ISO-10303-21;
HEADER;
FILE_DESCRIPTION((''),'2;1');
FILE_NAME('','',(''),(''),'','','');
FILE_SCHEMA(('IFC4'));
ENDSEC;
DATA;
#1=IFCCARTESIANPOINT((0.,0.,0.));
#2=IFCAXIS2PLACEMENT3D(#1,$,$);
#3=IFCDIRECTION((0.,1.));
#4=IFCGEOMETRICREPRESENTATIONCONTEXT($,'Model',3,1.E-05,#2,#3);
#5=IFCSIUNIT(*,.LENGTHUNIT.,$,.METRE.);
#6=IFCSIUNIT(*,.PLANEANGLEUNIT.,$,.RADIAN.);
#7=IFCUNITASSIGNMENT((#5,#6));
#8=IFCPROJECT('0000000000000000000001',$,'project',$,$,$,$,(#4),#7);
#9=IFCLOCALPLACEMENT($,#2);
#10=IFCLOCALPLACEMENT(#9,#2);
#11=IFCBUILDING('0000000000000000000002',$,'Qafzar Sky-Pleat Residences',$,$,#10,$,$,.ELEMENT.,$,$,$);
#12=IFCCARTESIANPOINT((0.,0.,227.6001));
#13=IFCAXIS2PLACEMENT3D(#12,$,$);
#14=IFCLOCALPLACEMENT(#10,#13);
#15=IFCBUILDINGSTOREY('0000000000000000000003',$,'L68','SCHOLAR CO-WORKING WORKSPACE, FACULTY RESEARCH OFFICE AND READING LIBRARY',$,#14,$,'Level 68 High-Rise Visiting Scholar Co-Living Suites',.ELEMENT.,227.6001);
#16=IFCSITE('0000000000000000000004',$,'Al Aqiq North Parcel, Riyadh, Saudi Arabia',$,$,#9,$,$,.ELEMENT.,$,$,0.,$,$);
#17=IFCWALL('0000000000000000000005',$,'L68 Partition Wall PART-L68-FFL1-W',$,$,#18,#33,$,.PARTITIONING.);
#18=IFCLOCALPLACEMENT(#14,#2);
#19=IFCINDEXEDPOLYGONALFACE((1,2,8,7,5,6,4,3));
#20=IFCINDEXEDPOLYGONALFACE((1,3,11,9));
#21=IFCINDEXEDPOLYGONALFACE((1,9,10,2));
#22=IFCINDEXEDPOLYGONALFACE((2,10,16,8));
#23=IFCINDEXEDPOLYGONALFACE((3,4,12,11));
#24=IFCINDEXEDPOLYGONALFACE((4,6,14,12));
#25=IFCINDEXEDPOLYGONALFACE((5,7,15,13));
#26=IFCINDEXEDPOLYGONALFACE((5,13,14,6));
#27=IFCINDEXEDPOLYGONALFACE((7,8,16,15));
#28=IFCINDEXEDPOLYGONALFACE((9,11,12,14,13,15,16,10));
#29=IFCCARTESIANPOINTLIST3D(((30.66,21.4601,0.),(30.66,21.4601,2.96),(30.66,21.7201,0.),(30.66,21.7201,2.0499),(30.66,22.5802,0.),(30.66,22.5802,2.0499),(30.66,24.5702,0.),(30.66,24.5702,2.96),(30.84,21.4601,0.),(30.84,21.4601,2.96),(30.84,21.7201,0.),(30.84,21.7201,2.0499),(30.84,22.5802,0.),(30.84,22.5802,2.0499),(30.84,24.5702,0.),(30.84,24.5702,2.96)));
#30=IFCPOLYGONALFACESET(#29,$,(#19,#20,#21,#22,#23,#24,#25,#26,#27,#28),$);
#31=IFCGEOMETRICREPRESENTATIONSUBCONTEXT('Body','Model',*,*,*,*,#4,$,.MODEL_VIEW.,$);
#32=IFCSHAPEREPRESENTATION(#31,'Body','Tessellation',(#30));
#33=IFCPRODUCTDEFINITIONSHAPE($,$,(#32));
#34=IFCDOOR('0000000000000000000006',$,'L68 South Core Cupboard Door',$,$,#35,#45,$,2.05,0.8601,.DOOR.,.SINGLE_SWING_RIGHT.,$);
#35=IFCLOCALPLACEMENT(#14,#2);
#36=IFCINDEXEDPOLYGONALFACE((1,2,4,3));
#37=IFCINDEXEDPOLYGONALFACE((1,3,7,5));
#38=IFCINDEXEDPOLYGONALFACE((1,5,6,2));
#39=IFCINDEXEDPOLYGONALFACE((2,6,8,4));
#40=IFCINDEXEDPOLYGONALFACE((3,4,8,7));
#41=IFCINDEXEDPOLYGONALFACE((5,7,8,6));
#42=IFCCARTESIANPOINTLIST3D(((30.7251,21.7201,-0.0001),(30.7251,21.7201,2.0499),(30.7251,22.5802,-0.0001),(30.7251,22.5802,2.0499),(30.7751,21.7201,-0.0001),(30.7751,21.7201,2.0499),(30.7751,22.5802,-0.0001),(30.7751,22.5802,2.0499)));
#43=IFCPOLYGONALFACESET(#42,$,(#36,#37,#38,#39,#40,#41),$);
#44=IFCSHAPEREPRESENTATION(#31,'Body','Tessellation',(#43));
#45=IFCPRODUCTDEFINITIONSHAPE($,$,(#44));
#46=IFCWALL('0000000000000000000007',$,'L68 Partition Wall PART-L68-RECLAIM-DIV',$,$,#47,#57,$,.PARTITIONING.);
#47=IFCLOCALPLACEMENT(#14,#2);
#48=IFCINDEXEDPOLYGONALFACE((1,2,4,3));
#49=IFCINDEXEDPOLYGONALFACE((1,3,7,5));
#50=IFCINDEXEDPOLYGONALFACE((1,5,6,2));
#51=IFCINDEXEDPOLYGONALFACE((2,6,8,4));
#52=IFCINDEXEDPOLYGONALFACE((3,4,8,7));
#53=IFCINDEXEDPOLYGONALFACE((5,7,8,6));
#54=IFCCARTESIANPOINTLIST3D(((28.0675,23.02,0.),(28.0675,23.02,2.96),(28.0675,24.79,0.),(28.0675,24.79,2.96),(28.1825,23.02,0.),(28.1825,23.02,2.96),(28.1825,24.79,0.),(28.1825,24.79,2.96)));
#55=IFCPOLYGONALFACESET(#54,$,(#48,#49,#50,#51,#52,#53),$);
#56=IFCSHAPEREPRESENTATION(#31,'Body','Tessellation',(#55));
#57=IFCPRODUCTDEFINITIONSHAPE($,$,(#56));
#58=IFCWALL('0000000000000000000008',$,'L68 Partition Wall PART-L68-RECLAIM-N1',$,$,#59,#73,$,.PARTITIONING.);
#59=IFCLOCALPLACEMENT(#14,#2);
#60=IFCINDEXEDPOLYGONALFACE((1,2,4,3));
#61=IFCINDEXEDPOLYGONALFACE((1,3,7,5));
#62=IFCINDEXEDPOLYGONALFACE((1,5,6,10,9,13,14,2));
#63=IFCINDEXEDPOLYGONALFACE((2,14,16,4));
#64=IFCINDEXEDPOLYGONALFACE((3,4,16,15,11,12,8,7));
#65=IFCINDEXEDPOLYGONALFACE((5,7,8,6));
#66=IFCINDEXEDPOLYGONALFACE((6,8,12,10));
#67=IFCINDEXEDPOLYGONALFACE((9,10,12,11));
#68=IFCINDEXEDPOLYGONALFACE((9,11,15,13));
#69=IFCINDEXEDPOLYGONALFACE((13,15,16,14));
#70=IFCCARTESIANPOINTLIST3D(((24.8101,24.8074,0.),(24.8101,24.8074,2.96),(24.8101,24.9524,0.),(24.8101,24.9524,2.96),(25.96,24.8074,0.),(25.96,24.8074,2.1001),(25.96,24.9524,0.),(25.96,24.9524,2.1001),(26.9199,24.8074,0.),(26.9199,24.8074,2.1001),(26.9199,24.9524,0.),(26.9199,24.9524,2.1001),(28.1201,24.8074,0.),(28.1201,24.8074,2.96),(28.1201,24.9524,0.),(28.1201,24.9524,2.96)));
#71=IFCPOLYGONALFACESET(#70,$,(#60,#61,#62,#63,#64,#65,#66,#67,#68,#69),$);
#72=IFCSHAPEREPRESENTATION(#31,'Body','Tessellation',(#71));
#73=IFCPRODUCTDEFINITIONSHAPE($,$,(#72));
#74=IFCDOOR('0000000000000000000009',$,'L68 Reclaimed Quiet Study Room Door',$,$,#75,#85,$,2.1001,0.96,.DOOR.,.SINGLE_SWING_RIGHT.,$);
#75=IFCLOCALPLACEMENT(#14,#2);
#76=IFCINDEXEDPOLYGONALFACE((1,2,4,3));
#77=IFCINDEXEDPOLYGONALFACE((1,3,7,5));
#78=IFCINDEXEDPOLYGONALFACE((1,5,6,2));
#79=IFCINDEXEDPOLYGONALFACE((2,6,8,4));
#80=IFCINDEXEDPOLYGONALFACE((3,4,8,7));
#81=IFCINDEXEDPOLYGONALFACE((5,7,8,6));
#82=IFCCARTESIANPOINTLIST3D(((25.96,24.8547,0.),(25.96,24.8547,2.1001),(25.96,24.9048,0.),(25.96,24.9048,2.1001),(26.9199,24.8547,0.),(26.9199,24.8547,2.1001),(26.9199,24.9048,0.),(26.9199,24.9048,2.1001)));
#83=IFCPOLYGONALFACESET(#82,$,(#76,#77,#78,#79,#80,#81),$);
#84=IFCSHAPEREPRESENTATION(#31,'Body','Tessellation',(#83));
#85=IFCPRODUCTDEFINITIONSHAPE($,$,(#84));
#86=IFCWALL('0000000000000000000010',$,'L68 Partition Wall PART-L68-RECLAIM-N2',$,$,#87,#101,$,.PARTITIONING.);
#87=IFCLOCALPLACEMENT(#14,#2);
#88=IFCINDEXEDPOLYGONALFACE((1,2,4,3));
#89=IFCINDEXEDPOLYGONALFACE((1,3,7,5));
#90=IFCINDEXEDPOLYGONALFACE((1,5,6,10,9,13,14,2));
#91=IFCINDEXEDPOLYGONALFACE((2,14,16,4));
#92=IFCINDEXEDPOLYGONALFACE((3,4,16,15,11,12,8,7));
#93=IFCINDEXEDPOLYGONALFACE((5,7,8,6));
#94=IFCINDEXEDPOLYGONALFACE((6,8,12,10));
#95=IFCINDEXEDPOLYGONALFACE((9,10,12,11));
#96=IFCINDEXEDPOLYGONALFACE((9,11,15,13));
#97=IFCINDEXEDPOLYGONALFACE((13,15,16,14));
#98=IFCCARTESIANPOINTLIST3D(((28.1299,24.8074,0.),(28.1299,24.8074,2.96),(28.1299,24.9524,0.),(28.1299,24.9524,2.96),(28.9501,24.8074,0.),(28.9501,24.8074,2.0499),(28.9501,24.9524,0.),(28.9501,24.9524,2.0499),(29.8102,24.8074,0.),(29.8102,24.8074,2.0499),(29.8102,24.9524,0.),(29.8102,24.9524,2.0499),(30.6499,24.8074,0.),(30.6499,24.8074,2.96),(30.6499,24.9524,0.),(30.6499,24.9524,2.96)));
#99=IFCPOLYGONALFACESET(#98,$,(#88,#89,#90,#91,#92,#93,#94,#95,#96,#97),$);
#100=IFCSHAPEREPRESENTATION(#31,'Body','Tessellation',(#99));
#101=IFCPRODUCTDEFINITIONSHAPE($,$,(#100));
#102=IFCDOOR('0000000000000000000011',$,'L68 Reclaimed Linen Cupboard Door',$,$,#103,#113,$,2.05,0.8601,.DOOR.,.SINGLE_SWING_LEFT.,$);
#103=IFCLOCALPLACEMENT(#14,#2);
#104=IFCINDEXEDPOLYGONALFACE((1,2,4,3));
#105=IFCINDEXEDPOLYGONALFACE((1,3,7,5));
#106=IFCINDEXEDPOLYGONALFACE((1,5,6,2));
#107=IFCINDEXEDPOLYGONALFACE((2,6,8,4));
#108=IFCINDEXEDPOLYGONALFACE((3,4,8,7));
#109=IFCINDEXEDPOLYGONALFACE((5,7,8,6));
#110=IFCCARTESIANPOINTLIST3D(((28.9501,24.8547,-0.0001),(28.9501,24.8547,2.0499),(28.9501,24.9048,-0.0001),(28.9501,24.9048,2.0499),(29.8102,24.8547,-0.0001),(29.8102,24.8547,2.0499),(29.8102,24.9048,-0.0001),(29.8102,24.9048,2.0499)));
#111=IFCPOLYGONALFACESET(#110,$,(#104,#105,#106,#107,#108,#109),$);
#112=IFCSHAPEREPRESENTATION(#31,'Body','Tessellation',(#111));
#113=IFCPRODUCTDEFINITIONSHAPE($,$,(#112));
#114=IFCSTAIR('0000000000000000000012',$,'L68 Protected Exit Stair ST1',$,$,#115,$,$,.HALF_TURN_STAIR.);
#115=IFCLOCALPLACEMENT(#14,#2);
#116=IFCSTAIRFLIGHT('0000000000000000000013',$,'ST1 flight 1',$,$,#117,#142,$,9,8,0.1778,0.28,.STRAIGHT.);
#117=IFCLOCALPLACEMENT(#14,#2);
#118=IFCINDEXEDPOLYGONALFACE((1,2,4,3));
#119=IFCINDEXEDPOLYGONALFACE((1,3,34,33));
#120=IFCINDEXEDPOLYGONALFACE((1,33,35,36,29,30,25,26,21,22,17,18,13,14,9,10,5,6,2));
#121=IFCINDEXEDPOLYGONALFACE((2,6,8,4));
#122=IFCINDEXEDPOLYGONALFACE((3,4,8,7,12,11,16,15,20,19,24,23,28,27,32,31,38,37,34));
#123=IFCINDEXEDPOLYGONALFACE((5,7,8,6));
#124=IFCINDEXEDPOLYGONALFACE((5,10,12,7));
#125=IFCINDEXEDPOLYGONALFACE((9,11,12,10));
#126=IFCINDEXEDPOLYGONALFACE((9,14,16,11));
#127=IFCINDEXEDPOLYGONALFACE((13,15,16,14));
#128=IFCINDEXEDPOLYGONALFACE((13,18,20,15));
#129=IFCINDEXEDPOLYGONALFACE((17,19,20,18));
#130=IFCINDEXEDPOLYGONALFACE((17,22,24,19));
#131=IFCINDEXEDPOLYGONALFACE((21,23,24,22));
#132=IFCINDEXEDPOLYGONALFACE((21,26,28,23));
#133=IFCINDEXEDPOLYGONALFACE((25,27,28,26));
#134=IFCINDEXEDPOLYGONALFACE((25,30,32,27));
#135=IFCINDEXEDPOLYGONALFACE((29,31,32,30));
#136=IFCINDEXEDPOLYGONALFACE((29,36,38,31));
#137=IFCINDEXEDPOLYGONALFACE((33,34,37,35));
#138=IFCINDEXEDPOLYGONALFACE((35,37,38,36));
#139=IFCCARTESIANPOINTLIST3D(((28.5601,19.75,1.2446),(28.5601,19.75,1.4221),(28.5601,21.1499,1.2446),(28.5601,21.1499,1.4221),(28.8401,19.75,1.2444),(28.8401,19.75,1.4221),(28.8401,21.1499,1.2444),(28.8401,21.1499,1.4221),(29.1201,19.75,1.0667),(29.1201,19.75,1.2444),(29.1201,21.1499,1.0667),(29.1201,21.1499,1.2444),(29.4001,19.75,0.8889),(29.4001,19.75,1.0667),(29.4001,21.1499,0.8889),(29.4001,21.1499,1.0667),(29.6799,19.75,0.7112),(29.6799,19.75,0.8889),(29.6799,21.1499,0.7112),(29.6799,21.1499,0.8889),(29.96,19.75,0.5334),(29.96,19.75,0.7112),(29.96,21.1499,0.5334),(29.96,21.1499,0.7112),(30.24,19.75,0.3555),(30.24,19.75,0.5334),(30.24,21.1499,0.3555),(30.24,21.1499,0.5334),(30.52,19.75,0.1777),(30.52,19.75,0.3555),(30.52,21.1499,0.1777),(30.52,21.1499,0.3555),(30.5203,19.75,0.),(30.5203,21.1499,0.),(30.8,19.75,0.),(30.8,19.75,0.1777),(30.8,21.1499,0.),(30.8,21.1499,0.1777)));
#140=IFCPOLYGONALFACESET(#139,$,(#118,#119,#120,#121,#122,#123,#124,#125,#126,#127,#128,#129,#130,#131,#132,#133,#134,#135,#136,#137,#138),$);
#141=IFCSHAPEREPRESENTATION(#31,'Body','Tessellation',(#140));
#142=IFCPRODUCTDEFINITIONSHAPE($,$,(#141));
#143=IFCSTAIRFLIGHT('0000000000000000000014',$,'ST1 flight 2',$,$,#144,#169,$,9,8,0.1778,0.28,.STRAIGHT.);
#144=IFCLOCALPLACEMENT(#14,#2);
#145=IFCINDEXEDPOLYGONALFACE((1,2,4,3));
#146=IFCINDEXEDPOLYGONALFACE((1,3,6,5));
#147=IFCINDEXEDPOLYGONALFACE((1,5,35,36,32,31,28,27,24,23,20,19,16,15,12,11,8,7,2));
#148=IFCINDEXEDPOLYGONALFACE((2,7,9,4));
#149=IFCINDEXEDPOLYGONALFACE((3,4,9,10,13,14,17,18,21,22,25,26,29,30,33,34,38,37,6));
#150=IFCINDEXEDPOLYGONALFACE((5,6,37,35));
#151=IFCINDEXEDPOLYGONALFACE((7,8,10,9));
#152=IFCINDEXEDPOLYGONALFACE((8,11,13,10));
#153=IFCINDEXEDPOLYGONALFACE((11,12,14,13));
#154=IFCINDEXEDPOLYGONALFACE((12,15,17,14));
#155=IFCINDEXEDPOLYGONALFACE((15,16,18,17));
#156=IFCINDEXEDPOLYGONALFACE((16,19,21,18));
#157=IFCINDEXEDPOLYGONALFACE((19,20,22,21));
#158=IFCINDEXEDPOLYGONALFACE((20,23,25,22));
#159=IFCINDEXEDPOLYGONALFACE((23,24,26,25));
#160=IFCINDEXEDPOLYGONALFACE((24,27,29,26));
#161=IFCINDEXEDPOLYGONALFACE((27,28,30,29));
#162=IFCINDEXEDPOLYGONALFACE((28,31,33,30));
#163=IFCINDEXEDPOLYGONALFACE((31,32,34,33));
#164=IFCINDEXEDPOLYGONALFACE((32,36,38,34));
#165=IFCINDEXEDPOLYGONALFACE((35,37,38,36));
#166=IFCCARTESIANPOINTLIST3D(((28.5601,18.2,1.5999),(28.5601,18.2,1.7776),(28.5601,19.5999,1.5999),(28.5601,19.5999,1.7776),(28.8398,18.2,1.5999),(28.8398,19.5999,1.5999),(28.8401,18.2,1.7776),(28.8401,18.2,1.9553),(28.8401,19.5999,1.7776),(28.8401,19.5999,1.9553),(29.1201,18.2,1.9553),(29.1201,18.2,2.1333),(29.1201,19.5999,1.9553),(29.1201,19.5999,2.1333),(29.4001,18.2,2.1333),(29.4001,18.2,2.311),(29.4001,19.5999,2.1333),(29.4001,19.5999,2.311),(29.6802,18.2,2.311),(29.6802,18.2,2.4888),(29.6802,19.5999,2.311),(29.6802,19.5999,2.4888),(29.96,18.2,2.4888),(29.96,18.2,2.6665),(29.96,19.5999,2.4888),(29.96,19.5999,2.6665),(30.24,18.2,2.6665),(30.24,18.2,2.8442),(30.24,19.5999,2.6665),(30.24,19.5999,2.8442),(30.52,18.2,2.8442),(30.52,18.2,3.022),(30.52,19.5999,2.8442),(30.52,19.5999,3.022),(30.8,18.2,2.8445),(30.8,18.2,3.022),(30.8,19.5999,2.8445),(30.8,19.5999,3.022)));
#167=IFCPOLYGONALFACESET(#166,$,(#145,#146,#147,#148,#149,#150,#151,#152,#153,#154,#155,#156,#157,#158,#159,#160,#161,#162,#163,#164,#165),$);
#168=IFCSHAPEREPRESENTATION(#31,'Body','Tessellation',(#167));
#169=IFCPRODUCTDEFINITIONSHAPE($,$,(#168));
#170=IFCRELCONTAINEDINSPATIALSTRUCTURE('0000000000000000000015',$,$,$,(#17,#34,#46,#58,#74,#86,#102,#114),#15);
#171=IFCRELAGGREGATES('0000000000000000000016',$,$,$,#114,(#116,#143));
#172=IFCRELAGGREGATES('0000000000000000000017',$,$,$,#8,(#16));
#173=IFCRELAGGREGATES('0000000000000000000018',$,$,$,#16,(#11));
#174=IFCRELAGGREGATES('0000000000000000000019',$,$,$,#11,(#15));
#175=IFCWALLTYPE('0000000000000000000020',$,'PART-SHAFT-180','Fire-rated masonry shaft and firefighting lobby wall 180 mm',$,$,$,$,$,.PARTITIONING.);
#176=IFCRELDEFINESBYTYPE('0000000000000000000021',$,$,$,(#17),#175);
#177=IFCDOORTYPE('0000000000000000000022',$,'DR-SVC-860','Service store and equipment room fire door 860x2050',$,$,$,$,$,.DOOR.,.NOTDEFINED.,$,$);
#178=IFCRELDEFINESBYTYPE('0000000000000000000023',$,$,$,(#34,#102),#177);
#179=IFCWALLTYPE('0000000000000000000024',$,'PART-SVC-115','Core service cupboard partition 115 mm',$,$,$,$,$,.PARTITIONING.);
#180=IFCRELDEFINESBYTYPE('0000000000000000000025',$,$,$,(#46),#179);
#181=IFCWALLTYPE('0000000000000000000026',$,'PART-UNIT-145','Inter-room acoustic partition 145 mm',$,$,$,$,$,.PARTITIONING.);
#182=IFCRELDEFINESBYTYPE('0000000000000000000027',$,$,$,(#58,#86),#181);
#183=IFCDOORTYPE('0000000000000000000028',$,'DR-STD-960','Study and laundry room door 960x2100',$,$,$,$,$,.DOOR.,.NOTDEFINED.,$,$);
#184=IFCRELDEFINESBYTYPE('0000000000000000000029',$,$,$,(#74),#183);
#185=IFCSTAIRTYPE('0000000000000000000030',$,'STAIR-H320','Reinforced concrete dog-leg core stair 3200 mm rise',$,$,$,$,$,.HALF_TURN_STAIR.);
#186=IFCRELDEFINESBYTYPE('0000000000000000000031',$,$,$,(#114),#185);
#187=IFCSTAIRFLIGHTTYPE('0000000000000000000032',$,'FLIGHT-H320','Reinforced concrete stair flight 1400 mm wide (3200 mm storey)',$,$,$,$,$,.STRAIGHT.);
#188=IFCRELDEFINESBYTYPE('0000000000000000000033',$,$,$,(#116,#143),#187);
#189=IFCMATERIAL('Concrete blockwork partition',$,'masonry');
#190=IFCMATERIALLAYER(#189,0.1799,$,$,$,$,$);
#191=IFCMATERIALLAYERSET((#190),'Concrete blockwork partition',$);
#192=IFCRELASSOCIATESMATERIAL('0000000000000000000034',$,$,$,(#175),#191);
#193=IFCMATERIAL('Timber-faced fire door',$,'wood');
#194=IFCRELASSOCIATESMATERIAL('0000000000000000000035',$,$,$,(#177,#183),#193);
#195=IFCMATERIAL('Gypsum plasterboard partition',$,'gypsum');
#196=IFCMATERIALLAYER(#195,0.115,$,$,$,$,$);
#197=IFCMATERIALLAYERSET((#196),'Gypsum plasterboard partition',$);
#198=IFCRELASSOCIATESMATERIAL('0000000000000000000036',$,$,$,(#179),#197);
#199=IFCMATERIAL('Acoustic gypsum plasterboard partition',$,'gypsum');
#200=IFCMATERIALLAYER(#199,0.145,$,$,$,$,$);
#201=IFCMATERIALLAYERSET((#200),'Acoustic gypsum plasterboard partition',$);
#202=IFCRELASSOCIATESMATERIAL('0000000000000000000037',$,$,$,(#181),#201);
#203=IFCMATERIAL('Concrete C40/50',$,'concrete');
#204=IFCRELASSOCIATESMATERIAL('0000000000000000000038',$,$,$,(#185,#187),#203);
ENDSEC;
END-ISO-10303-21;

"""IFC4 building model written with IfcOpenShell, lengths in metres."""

from ifc_helpers import new_model, si_unit, direction, frame, frame_2d, origin, place, context, subcontext, project, spatial, polyline, rectangle, outline, extrude, source, transform, mapped, material, layer, layer_set, type_object, element, fill, aggregate, save


model = new_model("IFC4")

# Units and contexts
model_context = context("Model", 3, precision=1e-05, world=origin(), true_north=direction((0.0, 1.0)))
body_context = subcontext(model_context, "Body", "Model", "MODEL_VIEW")
ifc_project = project(units=[si_unit("LENGTHUNIT", "METRE"), si_unit("PLANEANGLEUNIT", "RADIAN")], contexts=[model_context])

# Site, building, storey
site_placement = place(None, origin())
site = spatial("IfcSite", under=ifc_project, at=site_placement, Name="Al Aqiq North Parcel, Riyadh, Saudi Arabia", CompositionType="ELEMENT", RefElevation=0.0)
building_placement = place(site_placement, origin())
building = spatial("IfcBuilding", under=site, at=building_placement, Name="Qafzar Sky-Pleat Residences", CompositionType="ELEMENT")
storey_placement = place(building_placement, frame((0.0, 0.0, 227.6001)))
storey = spatial("IfcBuildingStorey", under=building, at=storey_placement, Name="L68", Description="SCHOLAR CO-WORKING WORKSPACE, FACULTY RESEARCH OFFICE AND READING LIBRARY", LongName="Level 68 High-Rise Visiting Scholar Co-Living Suites", CompositionType="ELEMENT", Elevation=227.6001)

# Wall, opening, door
ifc_material_1 = material(Name="Concrete blockwork partition", Category="masonry")
ifc_layer_1 = layer(ifc_material_1, 0.1799)
ifc_layer_set_1 = layer_set([ifc_layer_1], Name="Concrete blockwork partition")
wall_type_1 = type_object("IfcWallType", Name="PART-SHAFT-180", Description="Fire-rated masonry shaft and firefighting lobby wall 180 mm", PredefinedType="PARTITIONING", material=ifc_layer_set_1)
wall_1_placement = place(storey_placement, frame((30.75, 21.46, 0.0), z_axis=(0.0, 0.0, 1.0), x_axis=(0.0, 1.0, 0.0)))
wall_1 = element("IfcWall", 1, at=wall_1_placement, inside=storey, type_object=wall_type_1, Name="L68 Partition Wall PART-L68-FFL1-W", PredefinedType="PARTITIONING", context=body_context, shape_type="SweptSolid", body=[
    extrude(rectangle(XDim=3.1101, YDim=0.1799, at=frame_2d((1.5552, 0.0))), origin(), (0.0, 0.0, 1.0), 2.96),
])
opening_1_placement = place(wall_1_placement, frame((0.26, 0.0, 0.0)))
opening_1 = element("IfcOpeningElement", 2, at=opening_1_placement, cuts=wall_1, PredefinedType="OPENING", context=body_context, shape_type="SweptSolid", body=[
    extrude(rectangle(XDim=0.8601, YDim=2.05, at=frame_2d((0.4302, 1.0249))), frame((0.0, 0.1001, 0.0), z_axis=(0.0, -1.0, 0.0), x_axis=(1.0, 0.0, 0.0)), (0.0, 0.0, 1.0), 0.2),
])
ifc_material_2 = material(Name="Timber-faced fire door", Category="wood")
door_type_1 = type_object("IfcDoorType", Name="DR-SVC-860", Description="Service store and equipment room fire door 860x2050", OperationType="NOTDEFINED", PredefinedType="DOOR", material=ifc_material_2)
shared_shape_1 = source(origin(), body_context, "Body", "SweptSolid", [
    extrude(rectangle(XDim=0.8601, YDim=2.05, at=frame_2d((0.4302, 1.0249))), frame((0.0, 0.0249, 0.0), z_axis=(0.0, -1.0, 0.0), x_axis=(1.0, 0.0, 0.0)), (0.0, 0.0, 1.0), 0.05),
])
door_1_placement = place(opening_1_placement, origin())
door_1 = element("IfcDoor", 3, at=door_1_placement, inside=storey, type_object=door_type_1, Name="L68 South Core Cupboard Door", OperationType="SINGLE_SWING_RIGHT", OverallHeight=2.05, OverallWidth=0.8601, PredefinedType="DOOR", context=body_context, shape_type="MappedRepresentation", body=[
    mapped(shared_shape_1, transform((0.0, 0.0, 0.0), x_axis=(1.0, 0.0, 0.0), y_axis=(0.0, 1.0, 0.0), z_axis=(0.0, 0.0, 1.0), scale=1.0)),
])
fill(opening_1, door_1)

# Wall
ifc_material_3 = material(Name="Gypsum plasterboard partition", Category="gypsum")
ifc_layer_2 = layer(ifc_material_3, 0.115)
ifc_layer_set_2 = layer_set([ifc_layer_2], Name="Gypsum plasterboard partition")
wall_type_2 = type_object("IfcWallType", Name="PART-SVC-115", Description="Core service cupboard partition 115 mm", PredefinedType="PARTITIONING", material=ifc_layer_set_2)
wall_2_placement = place(storey_placement, frame((28.125, 23.02, 0.0), z_axis=(0.0, 0.0, 1.0), x_axis=(0.0, 1.0, 0.0)))
element("IfcWall", 4, at=wall_2_placement, inside=storey, type_object=wall_type_2, Name="L68 Partition Wall PART-L68-RECLAIM-DIV", PredefinedType="PARTITIONING", context=body_context, shape_type="SweptSolid", body=[
    extrude(rectangle(XDim=1.77, YDim=0.115, at=frame_2d((0.885, 0.0))), origin(), (0.0, 0.0, 1.0), 2.96),
])

# Walls, openings, doors
ifc_material_4 = material(Name="Acoustic gypsum plasterboard partition", Category="gypsum")
ifc_layer_3 = layer(ifc_material_4, 0.145)
ifc_layer_set_3 = layer_set([ifc_layer_3], Name="Acoustic gypsum plasterboard partition")
wall_type_3 = type_object("IfcWallType", Name="PART-UNIT-145", Description="Inter-room acoustic partition 145 mm", PredefinedType="PARTITIONING", material=ifc_layer_set_3)
wall_3_placement = place(storey_placement, frame((24.8101, 24.8799, 0.0), z_axis=(0.0, 0.0, 1.0), x_axis=(1.0, 0.0, 0.0)))
wall_3 = element("IfcWall", 5, at=wall_3_placement, inside=storey, type_object=wall_type_3, Name="L68 Partition Wall PART-L68-RECLAIM-N1", PredefinedType="PARTITIONING", context=body_context, shape_type="SweptSolid", body=[
    extrude(rectangle(XDim=3.3101, YDim=0.145, at=frame_2d((1.655, 0.0))), origin(), (0.0, 0.0, 1.0), 2.96),
])
opening_2_placement = place(wall_3_placement, frame((1.1499, 0.0, 0.0)))
opening_2 = element("IfcOpeningElement", 6, at=opening_2_placement, cuts=wall_3, PredefinedType="OPENING", context=body_context, shape_type="SweptSolid", body=[
    extrude(rectangle(XDim=0.96, YDim=2.1001, at=frame_2d((0.48, 1.05))), frame((0.0, 0.0825, 0.0), z_axis=(0.0, -1.0, 0.0), x_axis=(1.0, 0.0, 0.0)), (0.0, 0.0, 1.0), 0.165),
])
door_type_2 = type_object("IfcDoorType", Name="DR-STD-960", Description="Study and laundry room door 960x2100", OperationType="NOTDEFINED", PredefinedType="DOOR", material=ifc_material_2)
shared_shape_2 = source(origin(), body_context, "Body", "SweptSolid", [
    extrude(rectangle(XDim=0.96, YDim=2.1001, at=frame_2d((0.48, 1.05))), frame((0.0, 0.0249, 0.0), z_axis=(0.0, -1.0, 0.0), x_axis=(1.0, 0.0, 0.0)), (0.0, 0.0, 1.0), 0.05),
])
door_2_placement = place(opening_2_placement, origin())
door_2 = element("IfcDoor", 7, at=door_2_placement, inside=storey, type_object=door_type_2, Name="L68 Reclaimed Quiet Study Room Door", OperationType="SINGLE_SWING_RIGHT", OverallHeight=2.1001, OverallWidth=0.96, PredefinedType="DOOR", context=body_context, shape_type="MappedRepresentation", body=[
    mapped(shared_shape_2, transform((0.0, 0.0, 0.0), x_axis=(1.0, 0.0, 0.0), y_axis=(0.0, 1.0, 0.0), z_axis=(0.0, 0.0, 1.0), scale=1.0)),
])
fill(opening_2, door_2)
wall_4_placement = place(storey_placement, frame((28.1299, 24.8799, 0.0), z_axis=(0.0, 0.0, 1.0), x_axis=(1.0, 0.0, 0.0)))
wall_4 = element("IfcWall", 8, at=wall_4_placement, inside=storey, type_object=wall_type_3, Name="L68 Partition Wall PART-L68-RECLAIM-N2", PredefinedType="PARTITIONING", context=body_context, shape_type="SweptSolid", body=[
    extrude(rectangle(XDim=2.52, YDim=0.145, at=frame_2d((1.26, 0.0))), origin(), (0.0, 0.0, 1.0), 2.96),
])
opening_3_placement = place(wall_4_placement, frame((0.8201, 0.0, 0.0)))
opening_3 = element("IfcOpeningElement", 9, at=opening_3_placement, cuts=wall_4, PredefinedType="OPENING", context=body_context, shape_type="SweptSolid", body=[
    extrude(rectangle(XDim=0.8601, YDim=2.05, at=frame_2d((0.4302, 1.0249))), frame((0.0, 0.0825, 0.0), z_axis=(0.0, -1.0, 0.0), x_axis=(1.0, 0.0, 0.0)), (0.0, 0.0, 1.0), 0.165),
])
door_3_placement = place(opening_3_placement, origin())
door_3 = element("IfcDoor", 10, at=door_3_placement, inside=storey, type_object=door_type_1, Name="L68 Reclaimed Linen Cupboard Door", OperationType="SINGLE_SWING_LEFT", OverallHeight=2.05, OverallWidth=0.8601, PredefinedType="DOOR", context=body_context, shape_type="MappedRepresentation", body=[
    mapped(shared_shape_1, transform((0.0, 0.0, 0.0), x_axis=(1.0, 0.0, 0.0), y_axis=(0.0, 1.0, 0.0), z_axis=(0.0, 0.0, 1.0), scale=1.0)),
])
fill(opening_3, door_3)

# Stair, stair flights
ifc_material_5 = material(Name="Concrete C40/50", Category="concrete")
stair_type = type_object("IfcStairType", Name="STAIR-H320", Description="Reinforced concrete dog-leg core stair 3200 mm rise", PredefinedType="HALF_TURN_STAIR", material=ifc_material_5)
stair_placement = place(storey_placement, origin())
stair = element("IfcStair", 11, at=stair_placement, inside=storey, type_object=stair_type, Name="L68 Protected Exit Stair ST1", PredefinedType="HALF_TURN_STAIR")
stair_flight_type = type_object("IfcStairFlightType", Name="FLIGHT-H320", Description="Reinforced concrete stair flight 1400 mm wide (3200 mm storey)", PredefinedType="STRAIGHT", material=ifc_material_5)
shared_shape_3 = source(origin(), body_context, "Body", "SweptSolid", [
    extrude(outline(polyline([(0.0, 0.0), (0.0, 0.1777), (0.28, 0.1777), (0.28, 0.3555), (0.5601, 0.3555), (0.5601, 0.5334), (0.8401, 0.5334), (0.8401, 0.7112), (1.1201, 0.7112), (1.1201, 0.8889), (1.3999, 0.8889), (1.3999, 1.0667), (1.6799, 1.0667), (1.6799, 1.2444), (1.96, 1.2444), (1.96, 1.4221), (2.24, 1.4221), (2.24, 1.6001), (2.24, 1.2446), (0.2798, 0.0), (0.0, 0.0)])), frame((0.0, 0.7, 0.0), z_axis=(0.0, -1.0, 0.0), x_axis=(1.0, 0.0, 0.0)), (0.0, 0.0, 1.0), 1.3999),
])
stair_flight_1_placement = place(storey_placement, frame((30.8, 20.45, 0.0), z_axis=(0.0, 0.0, 1.0), x_axis=(-1.0, 0.0, 0.0)))
stair_flight_1 = element("IfcStairFlight", 12, at=stair_flight_1_placement, type_object=stair_flight_type, Name="ST1 flight 1", NumberOfRisers=9, NumberOfTreads=8, PredefinedType="STRAIGHT", RiserHeight=0.1778, TreadLength=0.28, context=body_context, shape_type="MappedRepresentation", body=[
    mapped(shared_shape_3, transform((0.0, 0.0, 0.0), x_axis=(1.0, 0.0, 0.0), y_axis=(0.0, 1.0, 0.0), z_axis=(0.0, 0.0, 1.0), scale=1.0)),
])
stair_flight_2_placement = place(storey_placement, frame((28.5601, 18.8999, 1.5999), z_axis=(0.0, 0.0, 1.0), x_axis=(1.0, 0.0, 0.0)))
stair_flight_2 = element("IfcStairFlight", 13, at=stair_flight_2_placement, type_object=stair_flight_type, Name="ST1 flight 2", NumberOfRisers=9, NumberOfTreads=8, PredefinedType="STRAIGHT", RiserHeight=0.1778, TreadLength=0.28, context=body_context, shape_type="MappedRepresentation", body=[
    mapped(shared_shape_3, transform((0.0, 0.0, 0.0), x_axis=(1.0, 0.0, 0.0), y_axis=(0.0, 1.0, 0.0), z_axis=(0.0, 0.0, 1.0), scale=1.0)),
])
aggregate(stair, [stair_flight_1, stair_flight_2])

save(model, "model.ifc")
